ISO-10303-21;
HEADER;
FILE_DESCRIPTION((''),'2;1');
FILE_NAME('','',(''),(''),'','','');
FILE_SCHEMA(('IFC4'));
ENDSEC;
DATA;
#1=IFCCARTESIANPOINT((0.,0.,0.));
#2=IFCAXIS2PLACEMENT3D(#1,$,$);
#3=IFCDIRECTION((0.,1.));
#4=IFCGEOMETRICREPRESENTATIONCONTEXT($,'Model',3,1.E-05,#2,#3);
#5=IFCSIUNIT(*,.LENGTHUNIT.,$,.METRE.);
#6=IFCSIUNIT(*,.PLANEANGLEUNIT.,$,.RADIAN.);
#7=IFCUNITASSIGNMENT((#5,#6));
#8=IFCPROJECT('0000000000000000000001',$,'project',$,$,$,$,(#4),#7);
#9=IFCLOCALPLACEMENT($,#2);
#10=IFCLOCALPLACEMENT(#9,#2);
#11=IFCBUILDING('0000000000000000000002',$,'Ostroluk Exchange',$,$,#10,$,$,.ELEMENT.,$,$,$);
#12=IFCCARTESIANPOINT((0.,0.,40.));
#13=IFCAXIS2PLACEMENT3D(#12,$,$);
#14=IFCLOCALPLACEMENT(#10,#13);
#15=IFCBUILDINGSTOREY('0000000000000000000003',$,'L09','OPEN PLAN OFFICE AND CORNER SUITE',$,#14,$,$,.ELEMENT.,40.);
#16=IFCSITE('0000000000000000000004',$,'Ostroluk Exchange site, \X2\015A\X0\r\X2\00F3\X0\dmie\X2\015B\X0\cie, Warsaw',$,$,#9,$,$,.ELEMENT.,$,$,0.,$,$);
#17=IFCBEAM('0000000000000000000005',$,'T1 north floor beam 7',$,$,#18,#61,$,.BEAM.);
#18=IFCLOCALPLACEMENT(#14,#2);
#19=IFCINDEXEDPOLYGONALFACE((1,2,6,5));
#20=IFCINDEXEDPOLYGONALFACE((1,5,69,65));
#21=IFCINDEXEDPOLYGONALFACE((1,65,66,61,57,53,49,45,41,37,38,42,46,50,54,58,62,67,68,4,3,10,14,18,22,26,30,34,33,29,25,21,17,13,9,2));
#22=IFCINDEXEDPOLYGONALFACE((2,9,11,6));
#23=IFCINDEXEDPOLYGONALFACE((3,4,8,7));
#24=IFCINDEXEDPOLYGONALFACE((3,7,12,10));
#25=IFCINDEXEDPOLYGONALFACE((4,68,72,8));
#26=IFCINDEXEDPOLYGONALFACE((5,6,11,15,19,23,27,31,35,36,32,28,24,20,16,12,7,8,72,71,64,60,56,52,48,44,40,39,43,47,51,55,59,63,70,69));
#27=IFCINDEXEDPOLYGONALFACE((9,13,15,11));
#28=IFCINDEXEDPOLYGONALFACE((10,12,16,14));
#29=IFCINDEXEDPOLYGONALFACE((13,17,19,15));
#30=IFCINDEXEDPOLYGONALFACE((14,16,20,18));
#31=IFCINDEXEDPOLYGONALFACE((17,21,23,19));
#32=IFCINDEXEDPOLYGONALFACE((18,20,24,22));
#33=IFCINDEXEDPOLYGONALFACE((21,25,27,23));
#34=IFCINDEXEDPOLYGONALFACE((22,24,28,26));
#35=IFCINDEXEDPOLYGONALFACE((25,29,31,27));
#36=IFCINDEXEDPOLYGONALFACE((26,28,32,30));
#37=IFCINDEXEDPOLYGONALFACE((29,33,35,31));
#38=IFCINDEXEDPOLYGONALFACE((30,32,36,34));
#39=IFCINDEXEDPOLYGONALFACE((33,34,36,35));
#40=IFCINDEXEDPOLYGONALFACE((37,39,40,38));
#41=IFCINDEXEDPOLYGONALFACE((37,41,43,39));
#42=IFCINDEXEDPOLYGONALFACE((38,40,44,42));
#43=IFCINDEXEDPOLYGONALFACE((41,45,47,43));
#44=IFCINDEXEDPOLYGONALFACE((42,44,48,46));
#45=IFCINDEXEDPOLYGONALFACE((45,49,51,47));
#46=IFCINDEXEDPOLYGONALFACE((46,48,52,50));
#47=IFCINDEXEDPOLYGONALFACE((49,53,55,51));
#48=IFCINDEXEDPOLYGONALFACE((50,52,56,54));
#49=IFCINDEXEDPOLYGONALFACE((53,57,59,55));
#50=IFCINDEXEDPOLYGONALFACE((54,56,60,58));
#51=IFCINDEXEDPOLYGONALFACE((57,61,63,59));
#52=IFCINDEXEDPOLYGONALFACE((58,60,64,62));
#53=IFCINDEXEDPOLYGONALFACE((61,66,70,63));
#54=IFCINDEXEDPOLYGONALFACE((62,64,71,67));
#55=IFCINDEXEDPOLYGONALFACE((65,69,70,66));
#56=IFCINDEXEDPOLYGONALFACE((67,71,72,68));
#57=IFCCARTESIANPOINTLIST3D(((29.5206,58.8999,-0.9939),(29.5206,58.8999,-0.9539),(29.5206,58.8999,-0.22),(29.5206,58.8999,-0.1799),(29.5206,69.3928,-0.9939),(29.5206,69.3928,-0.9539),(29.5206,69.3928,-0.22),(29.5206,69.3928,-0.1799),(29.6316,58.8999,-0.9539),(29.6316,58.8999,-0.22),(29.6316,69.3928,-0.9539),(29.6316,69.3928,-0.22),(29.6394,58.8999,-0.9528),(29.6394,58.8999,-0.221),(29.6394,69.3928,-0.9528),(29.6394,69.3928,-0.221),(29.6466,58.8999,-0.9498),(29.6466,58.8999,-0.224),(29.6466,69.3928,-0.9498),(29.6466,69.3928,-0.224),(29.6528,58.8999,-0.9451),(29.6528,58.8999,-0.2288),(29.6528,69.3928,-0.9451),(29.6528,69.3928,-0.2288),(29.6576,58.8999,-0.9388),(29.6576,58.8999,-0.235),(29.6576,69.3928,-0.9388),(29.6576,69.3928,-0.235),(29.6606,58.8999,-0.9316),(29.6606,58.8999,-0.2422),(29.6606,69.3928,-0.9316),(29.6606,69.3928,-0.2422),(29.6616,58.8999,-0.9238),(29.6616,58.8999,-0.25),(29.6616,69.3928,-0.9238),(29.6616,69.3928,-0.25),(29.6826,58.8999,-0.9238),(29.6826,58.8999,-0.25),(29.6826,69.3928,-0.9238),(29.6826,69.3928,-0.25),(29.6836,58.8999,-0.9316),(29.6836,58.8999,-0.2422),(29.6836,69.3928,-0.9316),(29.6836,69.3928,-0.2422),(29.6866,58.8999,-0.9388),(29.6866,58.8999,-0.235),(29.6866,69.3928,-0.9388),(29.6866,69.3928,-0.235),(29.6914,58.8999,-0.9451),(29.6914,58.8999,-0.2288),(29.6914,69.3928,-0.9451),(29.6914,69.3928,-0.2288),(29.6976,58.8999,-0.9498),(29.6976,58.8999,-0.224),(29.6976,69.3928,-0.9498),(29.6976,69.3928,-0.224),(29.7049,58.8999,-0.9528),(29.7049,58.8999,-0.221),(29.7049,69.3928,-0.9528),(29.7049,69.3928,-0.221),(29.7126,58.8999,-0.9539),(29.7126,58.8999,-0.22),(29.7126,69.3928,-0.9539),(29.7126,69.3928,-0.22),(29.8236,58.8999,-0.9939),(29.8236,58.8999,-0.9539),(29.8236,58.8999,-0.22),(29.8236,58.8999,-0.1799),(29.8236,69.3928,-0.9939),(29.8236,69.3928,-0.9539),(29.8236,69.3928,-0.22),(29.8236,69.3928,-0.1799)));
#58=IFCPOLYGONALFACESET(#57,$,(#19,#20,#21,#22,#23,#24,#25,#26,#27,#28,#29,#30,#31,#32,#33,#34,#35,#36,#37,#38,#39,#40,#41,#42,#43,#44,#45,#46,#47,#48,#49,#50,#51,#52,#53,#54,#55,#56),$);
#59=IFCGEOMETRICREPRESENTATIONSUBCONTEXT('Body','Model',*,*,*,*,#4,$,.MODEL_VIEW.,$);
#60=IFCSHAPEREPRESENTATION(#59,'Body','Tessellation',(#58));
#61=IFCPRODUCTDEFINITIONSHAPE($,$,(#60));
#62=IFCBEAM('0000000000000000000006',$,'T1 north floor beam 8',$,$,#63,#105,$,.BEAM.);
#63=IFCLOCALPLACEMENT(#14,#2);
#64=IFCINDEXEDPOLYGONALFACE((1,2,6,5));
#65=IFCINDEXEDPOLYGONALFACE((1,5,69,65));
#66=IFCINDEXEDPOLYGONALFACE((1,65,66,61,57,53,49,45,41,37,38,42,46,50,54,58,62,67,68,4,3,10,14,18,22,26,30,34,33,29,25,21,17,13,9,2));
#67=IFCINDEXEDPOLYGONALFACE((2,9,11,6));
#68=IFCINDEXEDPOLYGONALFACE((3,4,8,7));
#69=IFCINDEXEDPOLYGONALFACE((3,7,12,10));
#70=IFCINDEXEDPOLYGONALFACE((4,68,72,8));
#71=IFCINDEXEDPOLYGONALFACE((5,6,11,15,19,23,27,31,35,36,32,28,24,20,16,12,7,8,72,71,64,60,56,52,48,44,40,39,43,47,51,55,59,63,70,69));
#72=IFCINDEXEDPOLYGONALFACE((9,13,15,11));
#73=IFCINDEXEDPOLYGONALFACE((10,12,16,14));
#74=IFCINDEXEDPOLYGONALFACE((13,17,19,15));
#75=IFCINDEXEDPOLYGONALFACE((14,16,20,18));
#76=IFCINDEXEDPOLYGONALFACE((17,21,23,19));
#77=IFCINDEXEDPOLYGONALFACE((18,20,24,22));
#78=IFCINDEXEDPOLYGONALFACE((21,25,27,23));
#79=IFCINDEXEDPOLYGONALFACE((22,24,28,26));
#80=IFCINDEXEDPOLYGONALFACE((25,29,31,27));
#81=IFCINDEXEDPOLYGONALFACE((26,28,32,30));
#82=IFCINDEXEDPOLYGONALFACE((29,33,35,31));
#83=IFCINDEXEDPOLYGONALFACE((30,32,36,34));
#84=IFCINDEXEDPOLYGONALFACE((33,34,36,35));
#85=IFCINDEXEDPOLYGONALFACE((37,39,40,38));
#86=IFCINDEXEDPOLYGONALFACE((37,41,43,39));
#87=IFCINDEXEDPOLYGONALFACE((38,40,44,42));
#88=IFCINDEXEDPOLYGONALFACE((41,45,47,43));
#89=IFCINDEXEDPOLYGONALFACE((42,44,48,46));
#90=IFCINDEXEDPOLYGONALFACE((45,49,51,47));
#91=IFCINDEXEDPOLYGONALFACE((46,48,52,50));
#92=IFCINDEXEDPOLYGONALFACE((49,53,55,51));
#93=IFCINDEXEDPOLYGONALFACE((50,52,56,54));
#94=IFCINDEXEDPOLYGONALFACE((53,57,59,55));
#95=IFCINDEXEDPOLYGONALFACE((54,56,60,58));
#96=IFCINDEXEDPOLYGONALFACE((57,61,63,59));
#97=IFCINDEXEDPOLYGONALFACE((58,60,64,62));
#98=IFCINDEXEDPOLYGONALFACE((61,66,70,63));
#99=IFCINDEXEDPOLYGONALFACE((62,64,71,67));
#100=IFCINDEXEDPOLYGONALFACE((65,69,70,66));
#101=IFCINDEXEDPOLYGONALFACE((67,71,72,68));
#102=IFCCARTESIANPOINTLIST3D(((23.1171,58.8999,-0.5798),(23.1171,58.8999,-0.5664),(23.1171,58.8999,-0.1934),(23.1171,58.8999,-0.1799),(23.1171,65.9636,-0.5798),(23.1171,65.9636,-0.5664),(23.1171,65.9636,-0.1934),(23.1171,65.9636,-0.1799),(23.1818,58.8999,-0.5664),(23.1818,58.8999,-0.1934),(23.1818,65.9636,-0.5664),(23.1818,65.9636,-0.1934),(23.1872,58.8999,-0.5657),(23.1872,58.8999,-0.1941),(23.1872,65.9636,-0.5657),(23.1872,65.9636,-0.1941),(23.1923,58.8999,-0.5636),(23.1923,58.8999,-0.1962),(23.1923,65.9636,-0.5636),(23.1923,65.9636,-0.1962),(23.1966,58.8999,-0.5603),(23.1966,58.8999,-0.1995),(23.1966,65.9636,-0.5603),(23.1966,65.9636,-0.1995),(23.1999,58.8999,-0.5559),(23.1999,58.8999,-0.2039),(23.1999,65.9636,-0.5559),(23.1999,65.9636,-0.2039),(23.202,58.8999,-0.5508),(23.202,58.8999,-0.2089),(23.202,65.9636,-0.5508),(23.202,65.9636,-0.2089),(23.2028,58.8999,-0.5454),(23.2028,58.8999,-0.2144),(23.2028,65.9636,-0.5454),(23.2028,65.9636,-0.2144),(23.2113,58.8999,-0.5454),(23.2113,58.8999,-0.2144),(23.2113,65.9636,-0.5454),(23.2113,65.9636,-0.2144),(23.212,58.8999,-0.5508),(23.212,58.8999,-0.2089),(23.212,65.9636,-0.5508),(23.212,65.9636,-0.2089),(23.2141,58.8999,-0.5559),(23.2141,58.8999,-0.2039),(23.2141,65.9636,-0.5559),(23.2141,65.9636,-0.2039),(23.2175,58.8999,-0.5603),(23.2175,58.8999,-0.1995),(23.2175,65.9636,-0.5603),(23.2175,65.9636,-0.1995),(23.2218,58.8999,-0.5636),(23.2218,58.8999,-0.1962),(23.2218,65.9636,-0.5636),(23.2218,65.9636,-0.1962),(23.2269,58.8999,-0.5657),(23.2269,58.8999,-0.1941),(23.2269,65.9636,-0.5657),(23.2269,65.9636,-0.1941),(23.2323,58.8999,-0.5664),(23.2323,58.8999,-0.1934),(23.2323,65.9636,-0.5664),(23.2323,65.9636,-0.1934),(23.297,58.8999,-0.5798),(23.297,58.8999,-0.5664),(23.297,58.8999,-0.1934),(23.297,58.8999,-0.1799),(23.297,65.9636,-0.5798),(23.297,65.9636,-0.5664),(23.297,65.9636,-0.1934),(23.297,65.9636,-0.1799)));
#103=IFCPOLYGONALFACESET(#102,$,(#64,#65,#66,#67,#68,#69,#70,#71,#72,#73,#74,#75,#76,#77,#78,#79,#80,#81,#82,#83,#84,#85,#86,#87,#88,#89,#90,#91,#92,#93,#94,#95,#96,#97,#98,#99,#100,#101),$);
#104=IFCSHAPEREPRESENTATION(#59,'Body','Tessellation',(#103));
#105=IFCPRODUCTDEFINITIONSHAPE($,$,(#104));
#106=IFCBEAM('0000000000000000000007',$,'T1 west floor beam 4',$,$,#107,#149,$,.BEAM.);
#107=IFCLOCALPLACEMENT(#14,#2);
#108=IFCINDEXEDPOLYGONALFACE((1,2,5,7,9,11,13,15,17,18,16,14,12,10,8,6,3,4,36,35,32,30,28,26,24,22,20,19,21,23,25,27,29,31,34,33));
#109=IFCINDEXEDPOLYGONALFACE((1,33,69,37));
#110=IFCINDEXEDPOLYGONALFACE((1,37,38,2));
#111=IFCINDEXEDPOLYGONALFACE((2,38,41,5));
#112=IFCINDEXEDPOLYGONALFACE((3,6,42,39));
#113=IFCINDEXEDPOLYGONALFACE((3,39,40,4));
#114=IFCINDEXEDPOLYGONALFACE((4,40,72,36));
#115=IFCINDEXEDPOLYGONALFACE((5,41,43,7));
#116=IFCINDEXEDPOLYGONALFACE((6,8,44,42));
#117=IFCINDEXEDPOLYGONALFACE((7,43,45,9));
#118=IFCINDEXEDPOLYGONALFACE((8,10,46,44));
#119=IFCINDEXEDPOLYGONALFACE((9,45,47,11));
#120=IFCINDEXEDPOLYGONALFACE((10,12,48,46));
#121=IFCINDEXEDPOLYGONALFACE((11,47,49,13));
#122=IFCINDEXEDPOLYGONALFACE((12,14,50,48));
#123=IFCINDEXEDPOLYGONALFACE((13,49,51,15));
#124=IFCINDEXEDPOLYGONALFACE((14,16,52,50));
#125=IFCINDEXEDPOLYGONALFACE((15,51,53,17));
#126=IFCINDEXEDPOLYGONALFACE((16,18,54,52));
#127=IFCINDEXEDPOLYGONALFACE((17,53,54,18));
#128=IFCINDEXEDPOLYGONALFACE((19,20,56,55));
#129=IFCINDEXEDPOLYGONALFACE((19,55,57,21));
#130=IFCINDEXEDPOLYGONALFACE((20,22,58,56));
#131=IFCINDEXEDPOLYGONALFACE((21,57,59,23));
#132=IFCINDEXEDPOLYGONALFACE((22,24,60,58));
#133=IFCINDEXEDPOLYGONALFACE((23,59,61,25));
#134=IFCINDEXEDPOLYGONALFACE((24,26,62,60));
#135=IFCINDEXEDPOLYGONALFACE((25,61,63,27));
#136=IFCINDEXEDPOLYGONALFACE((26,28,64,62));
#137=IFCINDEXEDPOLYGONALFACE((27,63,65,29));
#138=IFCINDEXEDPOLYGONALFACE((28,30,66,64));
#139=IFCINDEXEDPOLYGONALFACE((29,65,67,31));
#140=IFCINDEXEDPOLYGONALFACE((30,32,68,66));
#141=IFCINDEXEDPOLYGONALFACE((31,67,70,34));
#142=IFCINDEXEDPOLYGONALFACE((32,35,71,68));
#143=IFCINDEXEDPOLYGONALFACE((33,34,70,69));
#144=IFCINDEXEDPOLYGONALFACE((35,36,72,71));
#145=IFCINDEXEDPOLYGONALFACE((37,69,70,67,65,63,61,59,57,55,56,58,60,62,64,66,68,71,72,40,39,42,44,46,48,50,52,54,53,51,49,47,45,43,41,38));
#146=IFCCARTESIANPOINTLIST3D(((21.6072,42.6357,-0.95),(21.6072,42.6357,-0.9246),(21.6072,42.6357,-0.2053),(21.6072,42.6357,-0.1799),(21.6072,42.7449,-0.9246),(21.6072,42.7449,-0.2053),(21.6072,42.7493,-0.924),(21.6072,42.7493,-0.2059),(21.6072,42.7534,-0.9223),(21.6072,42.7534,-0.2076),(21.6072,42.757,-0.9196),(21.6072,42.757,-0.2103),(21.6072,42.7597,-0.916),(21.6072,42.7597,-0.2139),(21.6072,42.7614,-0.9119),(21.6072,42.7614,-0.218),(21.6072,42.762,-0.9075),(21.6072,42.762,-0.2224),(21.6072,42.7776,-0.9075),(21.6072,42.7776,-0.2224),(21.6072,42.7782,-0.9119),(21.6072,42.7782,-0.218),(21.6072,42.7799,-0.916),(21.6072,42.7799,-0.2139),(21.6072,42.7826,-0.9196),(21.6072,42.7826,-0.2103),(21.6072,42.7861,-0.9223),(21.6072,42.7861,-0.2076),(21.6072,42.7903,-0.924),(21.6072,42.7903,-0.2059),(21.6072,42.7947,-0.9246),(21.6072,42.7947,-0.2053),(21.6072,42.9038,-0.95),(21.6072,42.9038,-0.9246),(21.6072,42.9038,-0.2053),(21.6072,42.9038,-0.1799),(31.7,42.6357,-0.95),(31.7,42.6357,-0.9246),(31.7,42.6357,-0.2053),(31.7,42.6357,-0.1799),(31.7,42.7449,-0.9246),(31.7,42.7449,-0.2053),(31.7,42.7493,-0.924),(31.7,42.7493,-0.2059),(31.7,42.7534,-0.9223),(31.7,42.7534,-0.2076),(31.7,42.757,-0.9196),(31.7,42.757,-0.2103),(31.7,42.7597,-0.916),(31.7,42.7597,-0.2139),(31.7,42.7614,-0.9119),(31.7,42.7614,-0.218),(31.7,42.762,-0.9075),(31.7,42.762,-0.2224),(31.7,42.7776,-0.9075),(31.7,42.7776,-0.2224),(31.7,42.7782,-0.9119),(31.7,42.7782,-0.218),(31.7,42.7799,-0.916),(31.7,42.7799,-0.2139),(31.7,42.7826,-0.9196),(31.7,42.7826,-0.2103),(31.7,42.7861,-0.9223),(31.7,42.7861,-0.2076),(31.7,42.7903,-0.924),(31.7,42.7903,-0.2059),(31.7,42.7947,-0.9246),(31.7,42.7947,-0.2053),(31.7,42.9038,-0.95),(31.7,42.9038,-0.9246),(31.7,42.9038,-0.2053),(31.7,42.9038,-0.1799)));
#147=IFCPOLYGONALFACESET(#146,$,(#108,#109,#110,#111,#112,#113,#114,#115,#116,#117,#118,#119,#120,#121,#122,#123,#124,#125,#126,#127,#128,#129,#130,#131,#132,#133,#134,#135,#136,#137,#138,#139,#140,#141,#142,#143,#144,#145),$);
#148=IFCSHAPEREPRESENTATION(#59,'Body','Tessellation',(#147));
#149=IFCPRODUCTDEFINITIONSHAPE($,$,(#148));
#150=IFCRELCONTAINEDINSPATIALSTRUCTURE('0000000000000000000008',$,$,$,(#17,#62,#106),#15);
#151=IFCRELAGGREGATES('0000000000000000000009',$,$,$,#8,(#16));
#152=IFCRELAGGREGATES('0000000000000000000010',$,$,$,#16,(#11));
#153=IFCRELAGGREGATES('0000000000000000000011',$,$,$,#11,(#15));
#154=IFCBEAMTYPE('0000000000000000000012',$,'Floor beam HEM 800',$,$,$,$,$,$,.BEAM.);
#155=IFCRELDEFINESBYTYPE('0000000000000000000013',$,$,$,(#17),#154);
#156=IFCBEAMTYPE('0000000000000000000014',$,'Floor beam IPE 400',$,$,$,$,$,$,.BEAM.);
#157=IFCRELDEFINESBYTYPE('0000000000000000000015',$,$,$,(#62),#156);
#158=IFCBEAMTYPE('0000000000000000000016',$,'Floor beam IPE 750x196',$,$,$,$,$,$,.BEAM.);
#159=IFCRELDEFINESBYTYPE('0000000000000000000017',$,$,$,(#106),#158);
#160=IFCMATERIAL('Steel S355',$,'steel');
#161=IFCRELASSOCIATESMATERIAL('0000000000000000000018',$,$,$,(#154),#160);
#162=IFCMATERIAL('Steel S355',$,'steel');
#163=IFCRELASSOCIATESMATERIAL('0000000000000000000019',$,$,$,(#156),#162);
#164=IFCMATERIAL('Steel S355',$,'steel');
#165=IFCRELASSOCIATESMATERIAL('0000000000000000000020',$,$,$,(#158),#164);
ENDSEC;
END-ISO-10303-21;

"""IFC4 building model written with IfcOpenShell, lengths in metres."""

from ifc_helpers import new_model, si_unit, direction, frame, origin, origin_2d, place, context, subcontext, project, spatial, i_section, extrude, material, material_profile, profile_set, type_object, element, save


model = new_model("IFC4")

# Units and contexts
model_context = context("Model", 3, precision=1e-05, world=origin(), true_north=direction((0.0, 1.0)))
body_context = subcontext(model_context, "Body", "Model", "MODEL_VIEW")
ifc_project = project(units=[si_unit("LENGTHUNIT", "METRE"), si_unit("PLANEANGLEUNIT", "RADIAN")], contexts=[model_context])

# Site, building, storey
site_placement = place(None, origin())
site = spatial("IfcSite", under=ifc_project, at=site_placement, Name="Ostroluk Exchange site, Śródmieście, Warsaw", CompositionType="ELEMENT", RefElevation=0.0)
building_placement = place(site_placement, origin())
building = spatial("IfcBuilding", under=site, at=building_placement, Name="Ostroluk Exchange", CompositionType="ELEMENT")
storey_placement = place(building_placement, frame((0.0, 0.0, 40.0)))
storey = spatial("IfcBuildingStorey", under=building, at=storey_placement, Name="L09", Description="OPEN PLAN OFFICE AND CORNER SUITE", CompositionType="ELEMENT", Elevation=40.0)

# Beams
ifc_material_1 = material(Name="Steel S355", Category="steel")
ifc_material_profile_1 = material_profile(ifc_material_1, i_section(OverallWidth=0.303, OverallDepth=0.814, WebThickness=0.021, FlangeThickness=0.04, FilletRadius=0.03, at=origin_2d()), Name="HEM 800")
ifc_profile_set_1 = profile_set([ifc_material_profile_1], Name="Steel S355")
beam_type_1 = type_object("IfcBeamType", Name="Floor beam HEM 800", PredefinedType="BEAM", material=ifc_profile_set_1)
beam_1_placement = place(storey_placement, frame((29.6721, 58.8999, -0.5869), z_axis=(0.0, 1.0, 0.0), x_axis=(-1.0, 0.0, 0.0)))
element("IfcBeam", 1, at=beam_1_placement, inside=storey, type_object=beam_type_1, Name="T1 north floor beam 7", PredefinedType="BEAM", context=body_context, shape_type="SweptSolid", body=[
    extrude(i_section(OverallWidth=0.303, OverallDepth=0.814, WebThickness=0.021, FlangeThickness=0.04, FilletRadius=0.03, at=origin_2d()), origin(), (0.0, 0.0, 1.0), 10.4929),
])
ifc_material_2 = material(Name="Steel S355", Category="steel")
ifc_material_profile_2 = material_profile(ifc_material_2, i_section(OverallWidth=0.1799, OverallDepth=0.3999, WebThickness=0.0085, FlangeThickness=0.0134, FilletRadius=0.021, at=origin_2d()), Name="IPE 400")
ifc_profile_set_2 = profile_set([ifc_material_profile_2], Name="Steel S355")
beam_type_2 = type_object("IfcBeamType", Name="Floor beam IPE 400", PredefinedType="BEAM", material=ifc_profile_set_2)
beam_2_placement = place(storey_placement, frame((23.207, 58.8999, -0.3799), z_axis=(0.0, 1.0, 0.0), x_axis=(-1.0, 0.0, 0.0)))
element("IfcBeam", 2, at=beam_2_placement, inside=storey, type_object=beam_type_2, Name="T1 north floor beam 8", PredefinedType="BEAM", context=body_context, shape_type="SweptSolid", body=[
    extrude(i_section(OverallWidth=0.1799, OverallDepth=0.3999, WebThickness=0.0085, FlangeThickness=0.0134, FilletRadius=0.021, at=origin_2d()), origin(), (0.0, 0.0, 1.0), 7.0637),
])
ifc_material_3 = material(Name="Steel S355", Category="steel")
ifc_material_profile_3 = material_profile(ifc_material_3, i_section(OverallWidth=0.2681, OverallDepth=0.77, WebThickness=0.0156, FlangeThickness=0.0254, FilletRadius=0.0171, at=origin_2d()), Name="IPE 750x196")
ifc_profile_set_3 = profile_set([ifc_material_profile_3], Name="Steel S355")
beam_type_3 = type_object("IfcBeamType", Name="Floor beam IPE 750x196", PredefinedType="BEAM", material=ifc_profile_set_3)
beam_3_placement = place(storey_placement, frame((31.7, 42.7698, -0.5649), z_axis=(-1.0, 0.0, 0.0), x_axis=(0.0, -1.0, 0.0)))
element("IfcBeam", 3, at=beam_3_placement, inside=storey, type_object=beam_type_3, Name="T1 west floor beam 4", PredefinedType="BEAM", context=body_context, shape_type="SweptSolid", body=[
    extrude(i_section(OverallWidth=0.2681, OverallDepth=0.77, WebThickness=0.0156, FlangeThickness=0.0254, FilletRadius=0.0171, at=origin_2d()), origin(), (0.0, 0.0, 1.0), 10.0928),
])

save(model, "model.ifc")
